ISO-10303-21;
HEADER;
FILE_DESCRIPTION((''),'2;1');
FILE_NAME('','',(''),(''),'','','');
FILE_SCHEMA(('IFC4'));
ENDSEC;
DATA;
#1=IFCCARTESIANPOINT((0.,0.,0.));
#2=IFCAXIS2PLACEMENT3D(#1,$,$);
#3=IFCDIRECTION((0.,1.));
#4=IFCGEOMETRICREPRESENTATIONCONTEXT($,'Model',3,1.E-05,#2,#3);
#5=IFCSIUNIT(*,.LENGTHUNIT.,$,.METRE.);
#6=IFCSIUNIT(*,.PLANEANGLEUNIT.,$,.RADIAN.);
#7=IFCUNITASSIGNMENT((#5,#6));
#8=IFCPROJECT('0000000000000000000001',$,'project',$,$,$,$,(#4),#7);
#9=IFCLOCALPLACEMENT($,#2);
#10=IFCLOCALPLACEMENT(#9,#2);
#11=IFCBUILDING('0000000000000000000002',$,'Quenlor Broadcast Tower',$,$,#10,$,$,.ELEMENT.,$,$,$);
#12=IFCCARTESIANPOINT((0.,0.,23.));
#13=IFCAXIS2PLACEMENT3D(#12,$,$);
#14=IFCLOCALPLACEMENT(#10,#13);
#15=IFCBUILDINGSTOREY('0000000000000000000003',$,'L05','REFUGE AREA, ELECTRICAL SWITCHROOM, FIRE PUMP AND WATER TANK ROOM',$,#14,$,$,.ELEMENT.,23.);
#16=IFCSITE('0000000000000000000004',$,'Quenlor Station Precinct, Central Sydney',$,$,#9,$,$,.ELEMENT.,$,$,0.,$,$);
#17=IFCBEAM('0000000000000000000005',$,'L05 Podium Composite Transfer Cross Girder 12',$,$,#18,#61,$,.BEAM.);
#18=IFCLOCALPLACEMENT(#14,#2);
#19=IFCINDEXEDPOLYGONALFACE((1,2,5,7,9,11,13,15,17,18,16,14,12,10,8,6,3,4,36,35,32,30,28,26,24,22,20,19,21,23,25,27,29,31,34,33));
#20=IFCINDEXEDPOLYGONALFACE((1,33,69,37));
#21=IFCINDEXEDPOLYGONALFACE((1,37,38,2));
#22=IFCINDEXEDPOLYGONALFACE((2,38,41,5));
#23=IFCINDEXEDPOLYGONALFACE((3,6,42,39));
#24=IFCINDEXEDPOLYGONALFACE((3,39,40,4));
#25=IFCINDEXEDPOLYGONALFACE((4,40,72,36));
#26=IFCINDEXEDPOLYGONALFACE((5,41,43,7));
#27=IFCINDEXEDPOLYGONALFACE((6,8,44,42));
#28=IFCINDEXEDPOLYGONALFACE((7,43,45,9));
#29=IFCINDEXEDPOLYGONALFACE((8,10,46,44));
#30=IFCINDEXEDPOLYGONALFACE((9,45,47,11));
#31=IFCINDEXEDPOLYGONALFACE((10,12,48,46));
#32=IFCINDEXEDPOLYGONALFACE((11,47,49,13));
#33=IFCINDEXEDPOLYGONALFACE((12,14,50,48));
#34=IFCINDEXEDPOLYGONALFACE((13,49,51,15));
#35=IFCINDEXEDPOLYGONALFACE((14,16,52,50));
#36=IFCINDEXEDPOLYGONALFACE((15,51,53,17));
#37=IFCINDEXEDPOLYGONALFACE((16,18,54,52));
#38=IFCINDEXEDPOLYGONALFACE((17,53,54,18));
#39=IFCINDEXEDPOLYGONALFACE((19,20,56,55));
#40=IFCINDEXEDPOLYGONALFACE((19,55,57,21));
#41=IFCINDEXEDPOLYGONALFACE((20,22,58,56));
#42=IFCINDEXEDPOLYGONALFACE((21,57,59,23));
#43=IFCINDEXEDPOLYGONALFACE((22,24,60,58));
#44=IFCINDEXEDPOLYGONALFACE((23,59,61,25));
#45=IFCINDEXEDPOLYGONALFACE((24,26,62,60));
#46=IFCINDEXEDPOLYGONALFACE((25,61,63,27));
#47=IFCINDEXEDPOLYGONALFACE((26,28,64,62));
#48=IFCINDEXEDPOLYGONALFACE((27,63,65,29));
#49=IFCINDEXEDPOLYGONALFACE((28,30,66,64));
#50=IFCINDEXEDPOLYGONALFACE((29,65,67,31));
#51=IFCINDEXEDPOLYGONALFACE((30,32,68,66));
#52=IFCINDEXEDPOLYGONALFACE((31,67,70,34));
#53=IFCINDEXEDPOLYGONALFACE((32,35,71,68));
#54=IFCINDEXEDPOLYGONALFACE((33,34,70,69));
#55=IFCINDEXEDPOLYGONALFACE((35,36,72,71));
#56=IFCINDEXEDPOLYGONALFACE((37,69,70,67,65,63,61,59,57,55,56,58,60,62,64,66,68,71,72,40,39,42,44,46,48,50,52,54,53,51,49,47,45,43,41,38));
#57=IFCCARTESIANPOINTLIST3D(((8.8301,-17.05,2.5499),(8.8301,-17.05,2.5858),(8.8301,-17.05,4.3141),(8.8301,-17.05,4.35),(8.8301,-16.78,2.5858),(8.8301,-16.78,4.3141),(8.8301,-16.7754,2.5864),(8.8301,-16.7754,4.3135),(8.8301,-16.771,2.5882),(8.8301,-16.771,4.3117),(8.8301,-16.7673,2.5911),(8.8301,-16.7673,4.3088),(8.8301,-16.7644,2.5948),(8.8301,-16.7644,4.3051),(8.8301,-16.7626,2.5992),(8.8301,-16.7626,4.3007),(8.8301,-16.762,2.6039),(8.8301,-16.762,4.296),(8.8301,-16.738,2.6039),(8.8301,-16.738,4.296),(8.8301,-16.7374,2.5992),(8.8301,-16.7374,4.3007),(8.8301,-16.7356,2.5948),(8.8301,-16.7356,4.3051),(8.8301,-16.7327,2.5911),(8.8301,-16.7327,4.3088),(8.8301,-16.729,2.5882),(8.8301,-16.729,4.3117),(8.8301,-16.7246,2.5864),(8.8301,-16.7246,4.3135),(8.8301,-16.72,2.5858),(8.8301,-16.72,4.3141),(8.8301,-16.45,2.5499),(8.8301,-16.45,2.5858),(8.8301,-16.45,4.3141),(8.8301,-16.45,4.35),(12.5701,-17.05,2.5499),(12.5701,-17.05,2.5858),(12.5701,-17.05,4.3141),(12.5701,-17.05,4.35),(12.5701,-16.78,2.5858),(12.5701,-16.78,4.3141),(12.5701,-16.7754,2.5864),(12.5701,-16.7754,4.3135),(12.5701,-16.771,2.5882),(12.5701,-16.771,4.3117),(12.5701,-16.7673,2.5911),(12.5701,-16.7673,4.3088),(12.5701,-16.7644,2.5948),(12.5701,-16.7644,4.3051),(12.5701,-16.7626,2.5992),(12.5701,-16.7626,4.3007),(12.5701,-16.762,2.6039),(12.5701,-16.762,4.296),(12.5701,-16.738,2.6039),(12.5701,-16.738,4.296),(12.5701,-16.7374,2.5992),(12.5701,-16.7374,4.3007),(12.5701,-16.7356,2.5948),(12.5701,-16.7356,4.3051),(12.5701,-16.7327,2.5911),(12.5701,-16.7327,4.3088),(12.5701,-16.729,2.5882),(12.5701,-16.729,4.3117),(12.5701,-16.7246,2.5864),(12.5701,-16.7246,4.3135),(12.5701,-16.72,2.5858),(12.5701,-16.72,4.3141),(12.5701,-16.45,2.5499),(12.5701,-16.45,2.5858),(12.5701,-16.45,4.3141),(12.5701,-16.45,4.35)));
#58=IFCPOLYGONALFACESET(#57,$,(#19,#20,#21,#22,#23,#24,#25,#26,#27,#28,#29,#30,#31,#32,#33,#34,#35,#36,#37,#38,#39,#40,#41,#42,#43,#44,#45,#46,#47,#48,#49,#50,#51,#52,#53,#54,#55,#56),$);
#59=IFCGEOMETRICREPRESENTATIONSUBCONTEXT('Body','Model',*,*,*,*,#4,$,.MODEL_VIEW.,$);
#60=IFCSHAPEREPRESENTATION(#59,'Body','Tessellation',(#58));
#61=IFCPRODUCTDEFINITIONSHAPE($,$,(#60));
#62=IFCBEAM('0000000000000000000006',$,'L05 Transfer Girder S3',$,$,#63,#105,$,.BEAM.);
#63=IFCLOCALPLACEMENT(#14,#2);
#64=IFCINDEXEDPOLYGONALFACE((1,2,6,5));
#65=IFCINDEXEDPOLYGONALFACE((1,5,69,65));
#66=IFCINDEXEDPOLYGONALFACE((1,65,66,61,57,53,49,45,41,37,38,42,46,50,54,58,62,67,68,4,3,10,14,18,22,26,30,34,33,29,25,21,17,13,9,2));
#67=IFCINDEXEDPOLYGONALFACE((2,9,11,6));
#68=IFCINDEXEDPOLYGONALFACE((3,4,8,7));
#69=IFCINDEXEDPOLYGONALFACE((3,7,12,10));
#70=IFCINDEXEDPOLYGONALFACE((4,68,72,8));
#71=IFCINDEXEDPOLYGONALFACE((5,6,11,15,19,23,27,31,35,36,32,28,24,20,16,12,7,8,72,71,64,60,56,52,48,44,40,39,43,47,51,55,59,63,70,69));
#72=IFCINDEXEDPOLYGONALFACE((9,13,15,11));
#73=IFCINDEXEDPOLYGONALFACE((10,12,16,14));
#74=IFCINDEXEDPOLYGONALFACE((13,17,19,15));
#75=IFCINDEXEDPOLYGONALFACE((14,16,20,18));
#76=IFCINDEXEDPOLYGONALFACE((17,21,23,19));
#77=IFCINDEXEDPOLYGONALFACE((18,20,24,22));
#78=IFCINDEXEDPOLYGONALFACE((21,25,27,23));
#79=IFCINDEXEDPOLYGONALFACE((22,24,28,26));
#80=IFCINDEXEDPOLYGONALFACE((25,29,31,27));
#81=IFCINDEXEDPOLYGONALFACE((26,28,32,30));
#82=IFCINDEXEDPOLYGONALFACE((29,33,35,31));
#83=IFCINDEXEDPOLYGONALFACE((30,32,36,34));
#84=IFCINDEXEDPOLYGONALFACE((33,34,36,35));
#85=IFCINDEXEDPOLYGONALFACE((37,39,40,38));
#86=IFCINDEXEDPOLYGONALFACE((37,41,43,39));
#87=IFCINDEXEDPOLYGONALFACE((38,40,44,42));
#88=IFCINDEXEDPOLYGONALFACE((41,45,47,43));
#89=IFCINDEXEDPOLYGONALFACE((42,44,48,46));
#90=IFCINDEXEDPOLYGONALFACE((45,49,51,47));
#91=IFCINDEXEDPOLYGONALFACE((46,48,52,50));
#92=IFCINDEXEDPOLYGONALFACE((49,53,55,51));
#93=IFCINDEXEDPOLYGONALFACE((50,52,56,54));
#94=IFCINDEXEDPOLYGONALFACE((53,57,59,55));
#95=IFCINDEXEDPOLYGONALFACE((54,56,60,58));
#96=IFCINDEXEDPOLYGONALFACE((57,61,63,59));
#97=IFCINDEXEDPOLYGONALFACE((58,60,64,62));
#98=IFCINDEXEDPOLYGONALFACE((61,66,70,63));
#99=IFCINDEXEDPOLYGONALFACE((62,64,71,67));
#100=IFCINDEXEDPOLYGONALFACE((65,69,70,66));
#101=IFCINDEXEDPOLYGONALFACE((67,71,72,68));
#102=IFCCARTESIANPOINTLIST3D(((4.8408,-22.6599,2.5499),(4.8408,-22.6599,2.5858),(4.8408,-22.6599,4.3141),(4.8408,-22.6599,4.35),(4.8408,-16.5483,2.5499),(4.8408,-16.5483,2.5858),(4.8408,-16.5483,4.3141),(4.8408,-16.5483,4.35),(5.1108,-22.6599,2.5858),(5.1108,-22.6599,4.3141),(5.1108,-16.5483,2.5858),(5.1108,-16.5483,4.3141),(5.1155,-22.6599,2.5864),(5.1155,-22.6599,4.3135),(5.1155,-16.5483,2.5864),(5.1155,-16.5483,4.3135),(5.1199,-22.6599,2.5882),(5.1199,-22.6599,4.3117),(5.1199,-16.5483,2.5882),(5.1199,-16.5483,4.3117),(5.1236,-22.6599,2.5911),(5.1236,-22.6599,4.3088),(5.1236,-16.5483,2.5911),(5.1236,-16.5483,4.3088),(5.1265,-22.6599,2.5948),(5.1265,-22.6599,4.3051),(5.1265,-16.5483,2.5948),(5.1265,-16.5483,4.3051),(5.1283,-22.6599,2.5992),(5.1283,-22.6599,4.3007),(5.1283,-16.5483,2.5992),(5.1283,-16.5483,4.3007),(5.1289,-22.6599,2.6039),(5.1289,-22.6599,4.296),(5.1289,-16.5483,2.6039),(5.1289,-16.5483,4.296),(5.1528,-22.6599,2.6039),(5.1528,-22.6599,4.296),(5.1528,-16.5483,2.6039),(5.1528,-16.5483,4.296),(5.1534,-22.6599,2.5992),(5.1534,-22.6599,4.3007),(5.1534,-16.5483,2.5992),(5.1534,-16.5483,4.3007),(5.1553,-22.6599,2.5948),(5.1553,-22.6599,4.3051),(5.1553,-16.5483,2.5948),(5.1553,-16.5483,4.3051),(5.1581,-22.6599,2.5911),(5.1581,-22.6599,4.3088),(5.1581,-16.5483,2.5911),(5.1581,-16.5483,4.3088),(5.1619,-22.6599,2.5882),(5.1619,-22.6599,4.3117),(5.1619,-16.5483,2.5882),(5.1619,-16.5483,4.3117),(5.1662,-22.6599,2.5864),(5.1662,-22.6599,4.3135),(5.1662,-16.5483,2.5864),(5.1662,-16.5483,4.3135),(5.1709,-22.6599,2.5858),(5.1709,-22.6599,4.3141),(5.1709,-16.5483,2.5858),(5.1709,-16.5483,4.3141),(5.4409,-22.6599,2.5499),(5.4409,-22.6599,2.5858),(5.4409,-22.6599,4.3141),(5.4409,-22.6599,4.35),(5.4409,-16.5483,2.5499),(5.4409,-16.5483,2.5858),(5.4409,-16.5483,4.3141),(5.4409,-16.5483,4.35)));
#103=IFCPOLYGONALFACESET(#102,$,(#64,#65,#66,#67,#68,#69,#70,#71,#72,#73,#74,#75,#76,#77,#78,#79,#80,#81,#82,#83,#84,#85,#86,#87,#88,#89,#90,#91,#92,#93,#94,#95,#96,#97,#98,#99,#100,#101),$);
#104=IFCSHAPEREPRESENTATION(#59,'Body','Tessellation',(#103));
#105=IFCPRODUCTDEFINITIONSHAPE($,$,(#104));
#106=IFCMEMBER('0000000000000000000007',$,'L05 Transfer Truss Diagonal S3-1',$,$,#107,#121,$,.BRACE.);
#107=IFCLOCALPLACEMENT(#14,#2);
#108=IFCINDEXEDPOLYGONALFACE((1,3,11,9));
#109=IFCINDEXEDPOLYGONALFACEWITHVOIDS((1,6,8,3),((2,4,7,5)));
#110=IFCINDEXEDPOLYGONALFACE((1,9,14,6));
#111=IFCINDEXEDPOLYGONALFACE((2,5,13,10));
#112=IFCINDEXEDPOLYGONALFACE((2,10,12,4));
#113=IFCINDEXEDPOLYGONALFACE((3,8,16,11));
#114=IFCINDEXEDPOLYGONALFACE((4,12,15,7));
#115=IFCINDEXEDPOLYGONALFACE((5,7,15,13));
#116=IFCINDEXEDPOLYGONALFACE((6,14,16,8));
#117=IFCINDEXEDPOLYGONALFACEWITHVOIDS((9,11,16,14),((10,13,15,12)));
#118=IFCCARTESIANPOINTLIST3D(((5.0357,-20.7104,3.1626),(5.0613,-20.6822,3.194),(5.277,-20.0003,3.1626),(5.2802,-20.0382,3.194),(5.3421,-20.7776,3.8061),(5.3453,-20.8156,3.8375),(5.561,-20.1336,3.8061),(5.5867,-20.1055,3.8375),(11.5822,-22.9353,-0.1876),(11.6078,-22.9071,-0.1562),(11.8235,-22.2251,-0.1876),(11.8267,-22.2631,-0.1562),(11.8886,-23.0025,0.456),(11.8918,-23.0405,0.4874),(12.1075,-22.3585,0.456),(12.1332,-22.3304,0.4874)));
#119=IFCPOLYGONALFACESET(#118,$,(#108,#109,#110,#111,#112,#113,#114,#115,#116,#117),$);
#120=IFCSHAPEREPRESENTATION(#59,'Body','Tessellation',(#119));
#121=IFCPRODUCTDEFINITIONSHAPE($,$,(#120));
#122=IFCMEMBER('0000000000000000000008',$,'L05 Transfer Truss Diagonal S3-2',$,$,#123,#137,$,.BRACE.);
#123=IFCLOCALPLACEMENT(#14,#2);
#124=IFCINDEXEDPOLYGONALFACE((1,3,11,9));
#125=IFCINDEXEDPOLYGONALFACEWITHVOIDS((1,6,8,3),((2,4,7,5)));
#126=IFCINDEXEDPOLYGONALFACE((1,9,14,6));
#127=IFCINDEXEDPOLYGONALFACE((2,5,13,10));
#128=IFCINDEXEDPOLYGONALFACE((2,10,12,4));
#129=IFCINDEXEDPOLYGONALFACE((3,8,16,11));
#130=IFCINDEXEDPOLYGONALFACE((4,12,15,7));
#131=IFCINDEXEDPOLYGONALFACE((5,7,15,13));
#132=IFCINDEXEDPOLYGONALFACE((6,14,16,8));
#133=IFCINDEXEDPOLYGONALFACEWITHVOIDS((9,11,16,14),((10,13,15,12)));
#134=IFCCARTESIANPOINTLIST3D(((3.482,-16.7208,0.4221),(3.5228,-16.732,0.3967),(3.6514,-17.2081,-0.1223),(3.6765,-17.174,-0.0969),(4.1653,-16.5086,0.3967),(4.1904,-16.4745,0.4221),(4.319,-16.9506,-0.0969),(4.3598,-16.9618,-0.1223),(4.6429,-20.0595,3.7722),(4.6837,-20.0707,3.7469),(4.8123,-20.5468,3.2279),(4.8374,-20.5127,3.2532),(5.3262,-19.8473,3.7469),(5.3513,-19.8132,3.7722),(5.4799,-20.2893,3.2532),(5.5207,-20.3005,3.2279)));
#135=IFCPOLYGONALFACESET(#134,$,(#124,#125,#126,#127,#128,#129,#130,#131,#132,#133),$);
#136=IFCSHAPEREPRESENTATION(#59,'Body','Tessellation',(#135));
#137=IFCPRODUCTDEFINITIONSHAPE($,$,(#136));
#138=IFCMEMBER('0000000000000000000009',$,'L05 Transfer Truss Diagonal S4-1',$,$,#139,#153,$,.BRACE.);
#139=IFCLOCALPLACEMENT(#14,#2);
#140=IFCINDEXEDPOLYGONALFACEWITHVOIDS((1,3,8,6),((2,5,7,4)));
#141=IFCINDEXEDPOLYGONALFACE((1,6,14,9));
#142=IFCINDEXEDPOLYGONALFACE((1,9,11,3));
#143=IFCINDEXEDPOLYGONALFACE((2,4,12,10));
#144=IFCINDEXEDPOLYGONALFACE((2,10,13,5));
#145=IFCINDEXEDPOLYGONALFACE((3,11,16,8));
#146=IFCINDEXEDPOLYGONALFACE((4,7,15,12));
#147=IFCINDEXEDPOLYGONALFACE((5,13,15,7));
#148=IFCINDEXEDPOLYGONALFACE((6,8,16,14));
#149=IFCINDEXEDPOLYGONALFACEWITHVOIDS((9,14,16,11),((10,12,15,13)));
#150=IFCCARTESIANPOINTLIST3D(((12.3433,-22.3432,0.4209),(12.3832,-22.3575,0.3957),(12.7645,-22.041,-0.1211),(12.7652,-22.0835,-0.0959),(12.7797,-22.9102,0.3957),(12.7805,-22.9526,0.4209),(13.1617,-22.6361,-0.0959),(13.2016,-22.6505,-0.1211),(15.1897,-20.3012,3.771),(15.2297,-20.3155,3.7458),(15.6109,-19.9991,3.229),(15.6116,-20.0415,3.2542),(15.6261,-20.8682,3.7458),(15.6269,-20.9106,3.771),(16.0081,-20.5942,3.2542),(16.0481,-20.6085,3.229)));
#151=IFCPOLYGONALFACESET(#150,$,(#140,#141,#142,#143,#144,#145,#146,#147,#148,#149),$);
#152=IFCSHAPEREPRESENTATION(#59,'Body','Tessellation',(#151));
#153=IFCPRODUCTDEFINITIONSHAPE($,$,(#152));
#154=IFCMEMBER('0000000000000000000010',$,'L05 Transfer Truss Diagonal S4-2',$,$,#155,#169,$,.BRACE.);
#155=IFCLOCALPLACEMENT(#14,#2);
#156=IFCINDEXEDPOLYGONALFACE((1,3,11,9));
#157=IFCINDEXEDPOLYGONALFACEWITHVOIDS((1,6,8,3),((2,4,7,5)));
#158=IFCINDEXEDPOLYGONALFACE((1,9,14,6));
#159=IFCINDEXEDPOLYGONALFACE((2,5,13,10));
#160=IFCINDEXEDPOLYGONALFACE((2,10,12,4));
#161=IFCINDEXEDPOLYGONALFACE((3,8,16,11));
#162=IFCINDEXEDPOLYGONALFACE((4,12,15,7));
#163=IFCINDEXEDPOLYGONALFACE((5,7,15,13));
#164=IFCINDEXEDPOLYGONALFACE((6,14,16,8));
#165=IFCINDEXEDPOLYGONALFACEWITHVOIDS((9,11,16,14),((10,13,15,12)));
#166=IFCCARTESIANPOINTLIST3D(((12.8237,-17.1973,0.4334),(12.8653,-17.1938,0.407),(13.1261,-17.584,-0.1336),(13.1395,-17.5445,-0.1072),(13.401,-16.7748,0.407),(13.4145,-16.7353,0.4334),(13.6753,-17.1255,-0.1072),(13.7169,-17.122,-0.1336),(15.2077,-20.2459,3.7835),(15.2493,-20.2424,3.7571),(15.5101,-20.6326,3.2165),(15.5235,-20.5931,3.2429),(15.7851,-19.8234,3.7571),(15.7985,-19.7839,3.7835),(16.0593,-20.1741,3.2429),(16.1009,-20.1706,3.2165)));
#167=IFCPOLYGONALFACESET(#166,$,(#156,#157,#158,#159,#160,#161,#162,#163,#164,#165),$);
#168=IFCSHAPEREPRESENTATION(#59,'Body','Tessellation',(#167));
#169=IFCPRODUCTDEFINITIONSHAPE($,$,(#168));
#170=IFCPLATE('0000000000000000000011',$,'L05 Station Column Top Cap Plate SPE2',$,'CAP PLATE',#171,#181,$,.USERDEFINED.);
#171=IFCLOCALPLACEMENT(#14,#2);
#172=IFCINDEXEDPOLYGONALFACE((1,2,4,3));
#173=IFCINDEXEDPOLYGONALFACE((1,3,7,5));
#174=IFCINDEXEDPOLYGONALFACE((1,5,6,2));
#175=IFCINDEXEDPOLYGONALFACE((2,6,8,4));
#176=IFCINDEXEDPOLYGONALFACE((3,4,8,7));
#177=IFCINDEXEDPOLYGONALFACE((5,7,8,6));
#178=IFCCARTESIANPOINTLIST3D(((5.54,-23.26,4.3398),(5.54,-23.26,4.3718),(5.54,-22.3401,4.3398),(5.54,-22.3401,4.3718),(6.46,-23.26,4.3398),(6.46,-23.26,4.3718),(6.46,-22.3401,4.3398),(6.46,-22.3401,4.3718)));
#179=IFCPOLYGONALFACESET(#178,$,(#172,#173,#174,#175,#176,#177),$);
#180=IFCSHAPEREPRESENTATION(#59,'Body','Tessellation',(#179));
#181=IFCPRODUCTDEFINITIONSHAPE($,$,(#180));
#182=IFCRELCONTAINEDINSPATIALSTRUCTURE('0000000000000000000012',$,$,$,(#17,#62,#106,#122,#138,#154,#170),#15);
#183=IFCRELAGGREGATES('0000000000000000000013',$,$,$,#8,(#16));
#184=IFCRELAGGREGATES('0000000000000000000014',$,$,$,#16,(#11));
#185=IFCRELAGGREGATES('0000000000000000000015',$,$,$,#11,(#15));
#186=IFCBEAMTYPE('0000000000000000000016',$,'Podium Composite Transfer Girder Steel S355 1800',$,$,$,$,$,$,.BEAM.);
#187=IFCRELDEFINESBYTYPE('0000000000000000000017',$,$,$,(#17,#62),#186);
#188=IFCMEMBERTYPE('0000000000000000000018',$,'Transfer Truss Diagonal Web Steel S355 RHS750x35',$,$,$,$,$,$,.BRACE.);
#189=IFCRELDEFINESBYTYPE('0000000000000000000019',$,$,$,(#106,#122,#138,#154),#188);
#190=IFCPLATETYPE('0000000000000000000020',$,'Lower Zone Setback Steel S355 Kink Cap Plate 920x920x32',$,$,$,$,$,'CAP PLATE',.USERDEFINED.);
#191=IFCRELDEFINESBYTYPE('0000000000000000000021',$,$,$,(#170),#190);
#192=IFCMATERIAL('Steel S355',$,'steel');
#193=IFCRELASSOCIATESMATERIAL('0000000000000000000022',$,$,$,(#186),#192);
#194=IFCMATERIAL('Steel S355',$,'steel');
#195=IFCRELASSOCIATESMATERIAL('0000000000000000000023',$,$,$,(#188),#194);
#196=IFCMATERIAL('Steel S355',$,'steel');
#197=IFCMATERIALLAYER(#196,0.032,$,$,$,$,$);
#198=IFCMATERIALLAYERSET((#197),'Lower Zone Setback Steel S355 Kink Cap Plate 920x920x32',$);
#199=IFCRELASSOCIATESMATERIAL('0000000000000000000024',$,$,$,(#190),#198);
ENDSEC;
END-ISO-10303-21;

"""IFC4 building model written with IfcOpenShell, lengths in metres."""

from ifc_helpers import new_model, si_unit, direction, frame, origin, origin_2d, place, context, subcontext, project, spatial, rectangle, hollow_rectangle, i_section, extrude, material, layer, layer_set, material_profile, profile_set, type_object, element, save


model = new_model("IFC4")

# Units and contexts
model_context = context("Model", 3, precision=1e-05, world=origin(), true_north=direction((0.0, 1.0)))
body_context = subcontext(model_context, "Body", "Model", "MODEL_VIEW")
ifc_project = project(units=[si_unit("LENGTHUNIT", "METRE"), si_unit("PLANEANGLEUNIT", "RADIAN")], contexts=[model_context])

# Site, building, storey
site_placement = place(None, origin())
site = spatial("IfcSite", under=ifc_project, at=site_placement, Name="Quenlor Station Precinct, Central Sydney", CompositionType="ELEMENT", RefElevation=0.0)
building_placement = place(site_placement, origin())
building = spatial("IfcBuilding", under=site, at=building_placement, Name="Quenlor Broadcast Tower", CompositionType="ELEMENT")
storey_placement = place(building_placement, frame((0.0, 0.0, 23.0)))
storey = spatial("IfcBuildingStorey", under=building, at=storey_placement, Name="L05", Description="REFUGE AREA, ELECTRICAL SWITCHROOM, FIRE PUMP AND WATER TANK ROOM", CompositionType="ELEMENT", Elevation=23.0)

# Beams
ifc_material_1 = material(Name="Steel S355", Category="steel")
ifc_material_profile_1 = material_profile(ifc_material_1, i_section(OverallWidth=0.6001, OverallDepth=1.8, WebThickness=0.0239, FlangeThickness=0.0359, FilletRadius=0.0181, at=origin_2d()))
ifc_profile_set_1 = profile_set([ifc_material_profile_1], Name="Steel S355 1800TG620")
beam_type = type_object("IfcBeamType", Name="Podium Composite Transfer Girder Steel S355 1800", PredefinedType="BEAM", material=ifc_profile_set_1)
beam_1_placement = place(storey_placement, frame((8.8301, -16.75, 3.45), z_axis=(1.0, 0.0, 0.0), x_axis=(0.0, 1.0, 0.0)))
element("IfcBeam", 1, at=beam_1_placement, inside=storey, type_object=beam_type, Name="L05 Podium Composite Transfer Cross Girder 12", PredefinedType="BEAM", context=body_context, shape_type="SweptSolid", body=[
    extrude(i_section(OverallWidth=0.6001, OverallDepth=1.8, WebThickness=0.0239, FlangeThickness=0.0359, FilletRadius=0.0181, at=origin_2d()), origin(), (0.0, 0.0, 1.0), 3.74),
])
beam_2_placement = place(storey_placement, frame((5.1409, -22.6599, 3.45), z_axis=(0.0, 1.0, 0.0), x_axis=(-1.0, 0.0, 0.0)))
element("IfcBeam", 2, at=beam_2_placement, inside=storey, type_object=beam_type, Name="L05 Transfer Girder S3", PredefinedType="BEAM", context=body_context, shape_type="SweptSolid", body=[
    extrude(i_section(OverallWidth=0.6001, OverallDepth=1.8, WebThickness=0.0239, FlangeThickness=0.0359, FilletRadius=0.0181, at=origin_2d()), origin(), (0.0, 0.0, 1.0), 6.1116),
])

# Members
ifc_material_2 = material(Name="Steel S355", Category="steel")
ifc_material_profile_2 = material_profile(ifc_material_2, hollow_rectangle(XDim=0.75, YDim=0.75, WallThickness=0.0349, at=origin_2d()))
ifc_profile_set_2 = profile_set([ifc_material_profile_2], Name="Steel S355 RHS750x750x35")
member_type_1 = type_object("IfcMemberType", Name="Transfer Truss Diagonal Web Steel S355 RHS750x35", PredefinedType="BRACE", material=ifc_profile_set_2)
member_1_placement = place(storey_placement, frame((11.8577, -22.6328, 0.1499), z_axis=(-0.852063, 0.289582, 0.436041), x_axis=(-0.321784, -0.946813, 0.0)))
element("IfcMember", 3, at=member_1_placement, inside=storey, type_object=member_type_1, Name="L05 Transfer Truss Diagonal S3-1", PredefinedType="BRACE", context=body_context, shape_type="SweptSolid", body=[
    extrude(hollow_rectangle(XDim=0.75, YDim=0.75, WallThickness=0.0349, at=origin_2d()), origin(), (0.0, 0.0, 1.0), 7.6831),
])
member_2_placement = place(storey_placement, frame((3.9209, -16.8413, 0.1499), z_axis=(0.238374, -0.685544, 0.6879), x_axis=(0.944529, 0.328427, 0.0)))
element("IfcMember", 4, at=member_2_placement, inside=storey, type_object=member_type_1, Name="L05 Transfer Truss Diagonal S3-2", PredefinedType="BRACE", context=body_context, shape_type="SweptSolid", body=[
    extrude(hollow_rectangle(XDim=0.75, YDim=0.75, WallThickness=0.0349, at=origin_2d()), origin(), (0.0, 0.0, 1.0), 4.8701),
])
member_3_placement = place(storey_placement, frame((12.7725, -22.4968, 0.1499), z_axis=(0.587236, 0.421275, 0.691145), x_axis=(-0.582905, 0.81254, 0.0)))
element("IfcMember", 5, at=member_3_placement, inside=storey, type_object=member_type_1, Name="L05 Transfer Truss Diagonal S4-1", PredefinedType="BRACE", context=body_context, shape_type="SweptSolid", body=[
    extrude(hollow_rectangle(XDim=0.75, YDim=0.75, WallThickness=0.0349, at=origin_2d()), origin(), (0.0, 0.0, 1.0), 4.8472),
])
member_4_placement = place(storey_placement, frame((13.2703, -17.1597, 0.1499), z_axis=(0.465754, -0.595583, 0.654488), x_axis=(0.787733, 0.616017, 0.0)))
element("IfcMember", 6, at=member_4_placement, inside=storey, type_object=member_type_1, Name="L05 Transfer Truss Diagonal S4-2", PredefinedType="BRACE", context=body_context, shape_type="SweptSolid", body=[
    extrude(hollow_rectangle(XDim=0.75, YDim=0.75, WallThickness=0.0349, at=origin_2d()), origin(), (0.0, 0.0, 1.0), 5.1187),
])

# Plate
ifc_material_3 = material(Name="Steel S355", Category="steel")
ifc_layer_1 = layer(ifc_material_3, 0.032)
ifc_layer_set_1 = layer_set([ifc_layer_1], Name="Lower Zone Setback Steel S355 Kink Cap Plate 920x920x32")
plate_type_1 = type_object("IfcPlateType", Name="Lower Zone Setback Steel S355 Kink Cap Plate 920x920x32", ElementType="CAP PLATE", PredefinedType="USERDEFINED", material=ifc_layer_set_1)
plate_1_placement = place(storey_placement, frame((6.0, -22.8, 4.3398), z_axis=(0.0, 0.0, 1.0), x_axis=(1.0, 0.0, 0.0)))
element("IfcPlate", 7, at=plate_1_placement, inside=storey, type_object=plate_type_1, Name="L05 Station Column Top Cap Plate SPE2", ObjectType="CAP PLATE", PredefinedType="USERDEFINED", context=body_context, shape_type="SweptSolid", body=[
    extrude(rectangle(XDim=0.9199, YDim=0.9199, at=origin_2d()), origin(), (0.0, 0.0, 1.0), 0.032),
])

save(model, "model.ifc")
